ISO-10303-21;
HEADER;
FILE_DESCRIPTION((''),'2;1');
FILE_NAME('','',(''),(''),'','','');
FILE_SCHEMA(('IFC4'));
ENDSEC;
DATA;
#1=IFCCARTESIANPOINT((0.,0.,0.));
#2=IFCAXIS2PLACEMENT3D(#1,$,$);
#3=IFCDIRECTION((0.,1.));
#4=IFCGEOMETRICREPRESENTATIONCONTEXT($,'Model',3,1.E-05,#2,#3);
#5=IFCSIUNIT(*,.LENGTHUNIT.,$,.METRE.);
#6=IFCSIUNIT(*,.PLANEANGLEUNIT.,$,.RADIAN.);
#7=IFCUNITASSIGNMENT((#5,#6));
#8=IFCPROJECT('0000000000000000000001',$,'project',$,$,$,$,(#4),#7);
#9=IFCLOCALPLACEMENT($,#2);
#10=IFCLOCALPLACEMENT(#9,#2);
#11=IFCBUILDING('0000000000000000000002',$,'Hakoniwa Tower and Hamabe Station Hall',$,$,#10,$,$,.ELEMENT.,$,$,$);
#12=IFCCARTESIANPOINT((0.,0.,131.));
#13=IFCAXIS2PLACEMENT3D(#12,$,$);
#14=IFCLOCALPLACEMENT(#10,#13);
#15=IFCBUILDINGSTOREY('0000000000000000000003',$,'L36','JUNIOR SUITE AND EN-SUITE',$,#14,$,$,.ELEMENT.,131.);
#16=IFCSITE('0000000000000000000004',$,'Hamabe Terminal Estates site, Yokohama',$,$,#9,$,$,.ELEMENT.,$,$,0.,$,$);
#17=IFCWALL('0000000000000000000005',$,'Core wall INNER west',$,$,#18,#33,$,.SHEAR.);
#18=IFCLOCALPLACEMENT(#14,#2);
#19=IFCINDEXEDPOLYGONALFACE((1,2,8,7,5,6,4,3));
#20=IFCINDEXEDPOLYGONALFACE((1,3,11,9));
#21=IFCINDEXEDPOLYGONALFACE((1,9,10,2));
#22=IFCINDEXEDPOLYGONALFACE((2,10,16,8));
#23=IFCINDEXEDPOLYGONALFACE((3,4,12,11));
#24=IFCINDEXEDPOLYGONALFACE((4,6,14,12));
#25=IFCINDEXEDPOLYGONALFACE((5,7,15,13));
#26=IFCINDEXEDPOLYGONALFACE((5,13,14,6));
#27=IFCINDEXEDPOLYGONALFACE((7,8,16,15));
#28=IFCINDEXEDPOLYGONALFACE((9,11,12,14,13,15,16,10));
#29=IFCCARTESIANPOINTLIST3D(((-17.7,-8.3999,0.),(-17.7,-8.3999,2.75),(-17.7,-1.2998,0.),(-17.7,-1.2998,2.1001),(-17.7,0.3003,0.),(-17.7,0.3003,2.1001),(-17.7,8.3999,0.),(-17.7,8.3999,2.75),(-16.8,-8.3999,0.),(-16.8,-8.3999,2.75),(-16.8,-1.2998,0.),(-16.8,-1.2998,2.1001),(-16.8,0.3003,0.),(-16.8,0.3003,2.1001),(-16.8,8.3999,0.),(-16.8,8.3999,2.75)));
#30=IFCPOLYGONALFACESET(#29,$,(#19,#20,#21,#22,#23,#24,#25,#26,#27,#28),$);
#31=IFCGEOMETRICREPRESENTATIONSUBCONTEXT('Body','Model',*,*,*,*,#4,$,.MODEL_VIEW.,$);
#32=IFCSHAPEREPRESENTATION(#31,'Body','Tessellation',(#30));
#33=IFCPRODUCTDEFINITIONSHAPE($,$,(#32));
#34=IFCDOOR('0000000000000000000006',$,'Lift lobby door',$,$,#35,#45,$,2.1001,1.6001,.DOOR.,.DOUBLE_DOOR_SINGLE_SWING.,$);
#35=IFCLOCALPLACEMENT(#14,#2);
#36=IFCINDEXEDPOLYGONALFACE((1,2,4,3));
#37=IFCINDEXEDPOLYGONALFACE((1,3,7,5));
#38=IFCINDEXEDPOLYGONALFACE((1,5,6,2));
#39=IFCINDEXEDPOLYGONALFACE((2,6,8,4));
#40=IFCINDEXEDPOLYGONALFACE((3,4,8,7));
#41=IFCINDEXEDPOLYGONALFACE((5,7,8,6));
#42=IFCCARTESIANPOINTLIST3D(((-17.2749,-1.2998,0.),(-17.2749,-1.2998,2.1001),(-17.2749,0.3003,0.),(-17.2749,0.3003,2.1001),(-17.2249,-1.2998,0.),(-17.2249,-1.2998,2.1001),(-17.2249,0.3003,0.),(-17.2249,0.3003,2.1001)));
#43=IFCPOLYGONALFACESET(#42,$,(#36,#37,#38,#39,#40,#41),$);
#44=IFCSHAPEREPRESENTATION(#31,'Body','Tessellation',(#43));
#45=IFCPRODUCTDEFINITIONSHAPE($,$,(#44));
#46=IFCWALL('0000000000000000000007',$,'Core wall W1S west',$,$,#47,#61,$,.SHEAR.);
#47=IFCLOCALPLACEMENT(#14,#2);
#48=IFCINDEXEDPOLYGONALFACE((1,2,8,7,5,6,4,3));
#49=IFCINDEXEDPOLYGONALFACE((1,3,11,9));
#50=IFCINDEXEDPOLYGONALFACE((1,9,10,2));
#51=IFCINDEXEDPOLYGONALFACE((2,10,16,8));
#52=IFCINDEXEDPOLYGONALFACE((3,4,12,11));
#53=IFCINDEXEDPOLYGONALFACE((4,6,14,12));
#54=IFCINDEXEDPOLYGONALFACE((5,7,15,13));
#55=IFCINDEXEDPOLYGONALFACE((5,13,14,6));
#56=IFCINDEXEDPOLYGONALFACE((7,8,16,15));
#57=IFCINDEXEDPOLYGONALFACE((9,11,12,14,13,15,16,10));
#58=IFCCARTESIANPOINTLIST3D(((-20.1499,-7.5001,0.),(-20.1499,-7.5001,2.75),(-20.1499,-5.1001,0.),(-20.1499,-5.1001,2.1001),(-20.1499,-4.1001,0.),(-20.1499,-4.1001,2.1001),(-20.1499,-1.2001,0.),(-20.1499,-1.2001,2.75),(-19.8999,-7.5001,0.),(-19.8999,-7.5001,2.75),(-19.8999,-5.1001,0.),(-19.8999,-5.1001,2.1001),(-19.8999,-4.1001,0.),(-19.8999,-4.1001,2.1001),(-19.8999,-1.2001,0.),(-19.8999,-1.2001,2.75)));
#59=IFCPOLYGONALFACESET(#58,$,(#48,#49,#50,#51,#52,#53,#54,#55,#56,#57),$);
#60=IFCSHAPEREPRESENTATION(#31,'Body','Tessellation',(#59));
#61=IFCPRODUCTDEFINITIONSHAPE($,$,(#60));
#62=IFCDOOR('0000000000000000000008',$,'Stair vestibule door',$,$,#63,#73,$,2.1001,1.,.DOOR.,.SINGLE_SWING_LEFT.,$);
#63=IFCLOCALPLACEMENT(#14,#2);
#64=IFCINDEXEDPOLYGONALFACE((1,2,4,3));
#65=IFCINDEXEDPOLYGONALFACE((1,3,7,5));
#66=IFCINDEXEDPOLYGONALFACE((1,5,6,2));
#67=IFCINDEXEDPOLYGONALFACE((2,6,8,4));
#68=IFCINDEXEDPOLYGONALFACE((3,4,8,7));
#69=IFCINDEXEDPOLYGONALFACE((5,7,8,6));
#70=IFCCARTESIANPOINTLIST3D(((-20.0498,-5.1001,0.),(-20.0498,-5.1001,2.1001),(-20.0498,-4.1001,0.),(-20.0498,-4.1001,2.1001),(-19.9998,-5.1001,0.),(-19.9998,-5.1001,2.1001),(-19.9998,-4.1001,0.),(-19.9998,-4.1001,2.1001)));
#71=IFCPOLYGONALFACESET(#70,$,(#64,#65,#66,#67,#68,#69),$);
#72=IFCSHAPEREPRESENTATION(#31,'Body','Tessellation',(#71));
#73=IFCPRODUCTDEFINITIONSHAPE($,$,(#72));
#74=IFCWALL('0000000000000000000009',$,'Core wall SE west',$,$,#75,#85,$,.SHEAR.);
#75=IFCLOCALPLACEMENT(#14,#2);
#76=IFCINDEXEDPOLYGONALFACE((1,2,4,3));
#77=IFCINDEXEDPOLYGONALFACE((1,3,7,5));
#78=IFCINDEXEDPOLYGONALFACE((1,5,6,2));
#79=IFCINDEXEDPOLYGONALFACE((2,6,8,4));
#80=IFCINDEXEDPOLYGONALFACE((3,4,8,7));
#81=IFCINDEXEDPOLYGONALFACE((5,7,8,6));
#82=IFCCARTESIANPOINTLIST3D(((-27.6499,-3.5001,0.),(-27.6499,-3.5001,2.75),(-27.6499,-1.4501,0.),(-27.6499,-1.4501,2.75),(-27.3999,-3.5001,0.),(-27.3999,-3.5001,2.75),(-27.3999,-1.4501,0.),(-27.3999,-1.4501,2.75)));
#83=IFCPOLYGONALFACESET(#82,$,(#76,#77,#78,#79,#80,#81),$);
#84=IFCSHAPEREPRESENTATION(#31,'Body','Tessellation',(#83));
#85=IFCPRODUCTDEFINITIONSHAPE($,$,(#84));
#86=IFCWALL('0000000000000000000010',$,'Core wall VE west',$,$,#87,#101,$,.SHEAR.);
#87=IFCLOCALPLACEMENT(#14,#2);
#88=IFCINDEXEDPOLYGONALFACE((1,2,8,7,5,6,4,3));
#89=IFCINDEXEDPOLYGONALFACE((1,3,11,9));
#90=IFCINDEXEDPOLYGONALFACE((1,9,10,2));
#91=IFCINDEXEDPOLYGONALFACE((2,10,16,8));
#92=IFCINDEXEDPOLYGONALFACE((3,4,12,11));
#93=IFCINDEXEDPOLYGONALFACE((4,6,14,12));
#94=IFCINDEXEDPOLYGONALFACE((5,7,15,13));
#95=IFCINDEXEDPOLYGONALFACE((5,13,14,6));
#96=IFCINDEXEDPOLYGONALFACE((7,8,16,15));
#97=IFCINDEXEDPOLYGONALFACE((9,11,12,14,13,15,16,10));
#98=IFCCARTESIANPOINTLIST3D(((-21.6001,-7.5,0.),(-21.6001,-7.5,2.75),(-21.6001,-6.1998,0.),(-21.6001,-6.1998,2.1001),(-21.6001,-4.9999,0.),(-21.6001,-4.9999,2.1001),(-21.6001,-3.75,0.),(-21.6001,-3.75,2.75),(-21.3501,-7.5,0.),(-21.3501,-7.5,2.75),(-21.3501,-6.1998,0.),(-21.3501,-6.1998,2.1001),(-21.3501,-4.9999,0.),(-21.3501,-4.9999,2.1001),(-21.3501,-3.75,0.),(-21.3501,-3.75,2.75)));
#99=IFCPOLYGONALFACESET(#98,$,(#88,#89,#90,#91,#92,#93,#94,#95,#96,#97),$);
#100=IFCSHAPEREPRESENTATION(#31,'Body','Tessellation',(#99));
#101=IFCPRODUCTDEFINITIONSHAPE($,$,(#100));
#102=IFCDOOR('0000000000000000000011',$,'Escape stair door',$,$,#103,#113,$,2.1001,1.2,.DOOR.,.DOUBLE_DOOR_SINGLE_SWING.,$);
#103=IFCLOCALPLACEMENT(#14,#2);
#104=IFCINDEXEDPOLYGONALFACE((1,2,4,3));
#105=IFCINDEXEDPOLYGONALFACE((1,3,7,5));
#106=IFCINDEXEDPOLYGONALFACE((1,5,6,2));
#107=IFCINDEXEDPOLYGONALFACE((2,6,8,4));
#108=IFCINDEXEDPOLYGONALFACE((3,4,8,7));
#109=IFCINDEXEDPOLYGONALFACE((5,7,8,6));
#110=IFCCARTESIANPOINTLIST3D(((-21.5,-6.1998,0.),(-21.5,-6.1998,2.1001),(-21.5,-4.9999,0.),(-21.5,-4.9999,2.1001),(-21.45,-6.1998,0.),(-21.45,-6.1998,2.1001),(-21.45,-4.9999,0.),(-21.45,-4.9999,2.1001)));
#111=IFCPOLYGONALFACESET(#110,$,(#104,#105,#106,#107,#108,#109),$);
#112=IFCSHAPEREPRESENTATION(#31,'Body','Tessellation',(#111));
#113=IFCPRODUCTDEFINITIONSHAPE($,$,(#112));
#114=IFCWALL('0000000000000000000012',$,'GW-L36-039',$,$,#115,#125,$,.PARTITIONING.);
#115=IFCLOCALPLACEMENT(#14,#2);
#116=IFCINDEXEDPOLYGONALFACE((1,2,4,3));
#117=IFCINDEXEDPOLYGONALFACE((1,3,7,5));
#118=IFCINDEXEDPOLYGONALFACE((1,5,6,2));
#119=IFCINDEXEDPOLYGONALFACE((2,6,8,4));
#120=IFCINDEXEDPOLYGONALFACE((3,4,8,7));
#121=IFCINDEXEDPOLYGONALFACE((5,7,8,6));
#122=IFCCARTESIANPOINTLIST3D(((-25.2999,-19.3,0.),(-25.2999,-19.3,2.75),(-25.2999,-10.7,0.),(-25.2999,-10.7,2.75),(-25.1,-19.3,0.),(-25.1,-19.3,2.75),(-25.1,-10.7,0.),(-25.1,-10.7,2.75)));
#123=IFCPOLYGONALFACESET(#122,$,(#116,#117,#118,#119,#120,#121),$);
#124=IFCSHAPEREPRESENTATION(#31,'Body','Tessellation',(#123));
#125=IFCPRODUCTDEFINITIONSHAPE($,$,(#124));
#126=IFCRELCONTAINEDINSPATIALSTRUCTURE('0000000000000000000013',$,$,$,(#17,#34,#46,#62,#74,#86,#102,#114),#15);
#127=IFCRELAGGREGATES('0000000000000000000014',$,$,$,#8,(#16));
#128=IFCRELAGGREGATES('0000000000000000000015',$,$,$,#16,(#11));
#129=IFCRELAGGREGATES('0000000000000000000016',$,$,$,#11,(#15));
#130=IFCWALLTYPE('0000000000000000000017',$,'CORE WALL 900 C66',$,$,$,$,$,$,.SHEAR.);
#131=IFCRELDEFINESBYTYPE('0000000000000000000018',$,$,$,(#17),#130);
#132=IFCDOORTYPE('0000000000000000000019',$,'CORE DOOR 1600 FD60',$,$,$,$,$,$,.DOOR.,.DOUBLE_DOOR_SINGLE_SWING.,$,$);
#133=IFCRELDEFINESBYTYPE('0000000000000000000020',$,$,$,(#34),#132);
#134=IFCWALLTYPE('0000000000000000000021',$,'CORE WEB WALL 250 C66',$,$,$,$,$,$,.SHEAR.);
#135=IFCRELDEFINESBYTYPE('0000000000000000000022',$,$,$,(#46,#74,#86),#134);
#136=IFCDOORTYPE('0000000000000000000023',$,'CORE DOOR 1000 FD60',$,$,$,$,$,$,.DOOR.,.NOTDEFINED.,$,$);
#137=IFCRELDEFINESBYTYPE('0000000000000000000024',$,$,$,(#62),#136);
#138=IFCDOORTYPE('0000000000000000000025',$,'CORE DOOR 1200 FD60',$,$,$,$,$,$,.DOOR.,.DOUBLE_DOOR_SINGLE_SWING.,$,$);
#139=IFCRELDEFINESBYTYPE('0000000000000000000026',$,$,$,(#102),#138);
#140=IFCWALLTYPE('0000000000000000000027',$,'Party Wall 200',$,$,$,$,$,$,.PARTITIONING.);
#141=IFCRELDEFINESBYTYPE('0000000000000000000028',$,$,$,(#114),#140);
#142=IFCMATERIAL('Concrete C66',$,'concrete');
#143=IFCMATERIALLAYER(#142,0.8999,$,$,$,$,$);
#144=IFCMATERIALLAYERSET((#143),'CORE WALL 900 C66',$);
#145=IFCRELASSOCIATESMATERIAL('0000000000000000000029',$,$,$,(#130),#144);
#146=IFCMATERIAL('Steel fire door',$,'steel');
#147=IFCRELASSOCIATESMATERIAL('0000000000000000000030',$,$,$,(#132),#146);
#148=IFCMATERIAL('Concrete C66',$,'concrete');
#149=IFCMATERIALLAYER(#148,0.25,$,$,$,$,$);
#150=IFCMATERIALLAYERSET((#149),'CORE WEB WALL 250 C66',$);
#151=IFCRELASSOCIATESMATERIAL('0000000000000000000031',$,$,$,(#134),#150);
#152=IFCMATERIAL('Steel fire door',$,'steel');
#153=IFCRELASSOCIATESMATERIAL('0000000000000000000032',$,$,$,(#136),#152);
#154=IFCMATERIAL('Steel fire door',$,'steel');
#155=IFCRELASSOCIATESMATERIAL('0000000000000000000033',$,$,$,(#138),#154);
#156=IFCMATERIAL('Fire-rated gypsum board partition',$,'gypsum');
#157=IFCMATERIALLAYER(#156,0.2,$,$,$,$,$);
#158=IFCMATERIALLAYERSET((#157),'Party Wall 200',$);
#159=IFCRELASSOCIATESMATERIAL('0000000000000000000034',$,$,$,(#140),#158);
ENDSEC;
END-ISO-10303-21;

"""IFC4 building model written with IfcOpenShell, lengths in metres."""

from ifc_helpers import new_model, si_unit, direction, frame, frame_2d, origin, place, context, subcontext, project, spatial, rectangle, extrude, material, layer, layer_set, type_object, element, fill, save


model = new_model("IFC4")

# Units and contexts
model_context = context("Model", 3, precision=1e-05, world=origin(), true_north=direction((0.0, 1.0)))
body_context = subcontext(model_context, "Body", "Model", "MODEL_VIEW")
ifc_project = project(units=[si_unit("LENGTHUNIT", "METRE"), si_unit("PLANEANGLEUNIT", "RADIAN")], contexts=[model_context])

# Site, building, storey
site_placement = place(None, origin())
site = spatial("IfcSite", under=ifc_project, at=site_placement, Name="Hamabe Terminal Estates site, Yokohama", CompositionType="ELEMENT", RefElevation=0.0)
building_placement = place(site_placement, origin())
building = spatial("IfcBuilding", under=site, at=building_placement, Name="Hakoniwa Tower and Hamabe Station Hall", CompositionType="ELEMENT")
storey_placement = place(building_placement, frame((0.0, 0.0, 131.0)))
storey = spatial("IfcBuildingStorey", under=building, at=storey_placement, Name="L36", Description="JUNIOR SUITE AND EN-SUITE", CompositionType="ELEMENT", Elevation=131.0)

# Walls, openings, doors
ifc_material_1 = material(Name="Concrete C66", Category="concrete")
ifc_layer_1 = layer(ifc_material_1, 0.8999)
ifc_layer_set_1 = layer_set([ifc_layer_1], Name="CORE WALL 900 C66")
wall_type_1 = type_object("IfcWallType", Name="CORE WALL 900 C66", PredefinedType="SHEAR", material=ifc_layer_set_1)
wall_1_placement = place(storey_placement, frame((-17.25, -8.3999, 0.0), z_axis=(0.0, 0.0, 1.0), x_axis=(0.0, 1.0, 0.0)))
wall_1 = element("IfcWall", 1, at=wall_1_placement, inside=storey, type_object=wall_type_1, Name="Core wall INNER west", PredefinedType="SHEAR", context=body_context, shape_type="SweptSolid", body=[
    extrude(rectangle(XDim=16.7998, YDim=0.8999, at=frame_2d((8.3999, 0.0))), origin(), (0.0, 0.0, 1.0), 2.75),
])
opening_1_placement = place(wall_1_placement, frame((7.1001, 0.0, 0.0)))
opening_1 = element("IfcOpeningElement", 2, at=opening_1_placement, cuts=wall_1, PredefinedType="OPENING", context=body_context, shape_type="SweptSolid", body=[
    extrude(rectangle(XDim=1.6001, YDim=2.1001, at=frame_2d((0.8, 1.05))), frame((0.0, 0.46, 0.0), z_axis=(0.0, -1.0, 0.0), x_axis=(1.0, 0.0, 0.0)), (0.0, 0.0, 1.0), 0.9199),
])
ifc_material_2 = material(Name="Steel fire door", Category="steel")
door_type_1 = type_object("IfcDoorType", Name="CORE DOOR 1600 FD60", OperationType="DOUBLE_DOOR_SINGLE_SWING", PredefinedType="DOOR", material=ifc_material_2)
door_1_placement = place(opening_1_placement, origin())
door_1 = element("IfcDoor", 3, at=door_1_placement, inside=storey, type_object=door_type_1, Name="Lift lobby door", OperationType="DOUBLE_DOOR_SINGLE_SWING", OverallHeight=2.1001, OverallWidth=1.6001, PredefinedType="DOOR", context=body_context, shape_type="SweptSolid", body=[
    extrude(rectangle(XDim=1.6001, YDim=2.1001, at=frame_2d((0.8, 1.05))), frame((0.0, 0.0249, 0.0), z_axis=(0.0, -1.0, 0.0), x_axis=(1.0, 0.0, 0.0)), (0.0, 0.0, 1.0), 0.05),
])
fill(opening_1, door_1)
ifc_material_3 = material(Name="Concrete C66", Category="concrete")
ifc_layer_2 = layer(ifc_material_3, 0.25)
ifc_layer_set_2 = layer_set([ifc_layer_2], Name="CORE WEB WALL 250 C66")
wall_type_2 = type_object("IfcWallType", Name="CORE WEB WALL 250 C66", PredefinedType="SHEAR", material=ifc_layer_set_2)
wall_2_placement = place(storey_placement, frame((-20.0249, -7.5, 0.0), z_axis=(0.0, 0.0, 1.0), x_axis=(0.0, 1.0, 0.0)))
wall_2 = element("IfcWall", 4, at=wall_2_placement, inside=storey, type_object=wall_type_2, Name="Core wall W1S west", PredefinedType="SHEAR", context=body_context, shape_type="SweptSolid", body=[
    extrude(rectangle(XDim=6.3, YDim=0.25, at=frame_2d((3.1499, 0.0))), origin(), (0.0, 0.0, 1.0), 2.75),
])
opening_2_placement = place(wall_2_placement, frame((2.3999, 0.0, 0.0)))
opening_2 = element("IfcOpeningElement", 5, at=opening_2_placement, cuts=wall_2, PredefinedType="OPENING", context=body_context, shape_type="SweptSolid", body=[
    extrude(rectangle(XDim=1.0, YDim=2.1001, at=frame_2d((0.5, 1.05))), frame((0.0, 0.135, 0.0), z_axis=(0.0, -1.0, 0.0), x_axis=(1.0, 0.0, 0.0)), (0.0, 0.0, 1.0), 0.27),
])
ifc_material_4 = material(Name="Steel fire door", Category="steel")
door_type_2 = type_object("IfcDoorType", Name="CORE DOOR 1000 FD60", OperationType="NOTDEFINED", PredefinedType="DOOR", material=ifc_material_4)
door_2_placement = place(opening_2_placement, origin())
door_2 = element("IfcDoor", 6, at=door_2_placement, inside=storey, type_object=door_type_2, Name="Stair vestibule door", OperationType="SINGLE_SWING_LEFT", OverallHeight=2.1001, OverallWidth=1.0, PredefinedType="DOOR", context=body_context, shape_type="SweptSolid", body=[
    extrude(rectangle(XDim=1.0, YDim=2.1001, at=frame_2d((0.5, 1.05))), frame((0.0, 0.0249, 0.0), z_axis=(0.0, -1.0, 0.0), x_axis=(1.0, 0.0, 0.0)), (0.0, 0.0, 1.0), 0.05),
])
fill(opening_2, door_2)

# Wall
wall_3_placement = place(storey_placement, frame((-27.5249, -3.5, 0.0), z_axis=(0.0, 0.0, 1.0), x_axis=(0.0, 1.0, 0.0)))
element("IfcWall", 7, at=wall_3_placement, inside=storey, type_object=wall_type_2, Name="Core wall SE west", PredefinedType="SHEAR", context=body_context, shape_type="SweptSolid", body=[
    extrude(rectangle(XDim=2.05, YDim=0.25, at=frame_2d((1.0249, 0.0))), origin(), (0.0, 0.0, 1.0), 2.75),
])

# Wall, opening, door
wall_4_placement = place(storey_placement, frame((-21.4751, -7.5, 0.0), z_axis=(0.0, 0.0, 1.0), x_axis=(0.0, 1.0, 0.0)))
wall_4 = element("IfcWall", 8, at=wall_4_placement, inside=storey, type_object=wall_type_2, Name="Core wall VE west", PredefinedType="SHEAR", context=body_context, shape_type="SweptSolid", body=[
    extrude(rectangle(XDim=3.75, YDim=0.25, at=frame_2d((1.875, 0.0))), origin(), (0.0, 0.0, 1.0), 2.75),
])
opening_3_placement = place(wall_4_placement, frame((1.3, 0.0, 0.0)))
opening_3 = element("IfcOpeningElement", 9, at=opening_3_placement, cuts=wall_4, PredefinedType="OPENING", context=body_context, shape_type="SweptSolid", body=[
    extrude(rectangle(XDim=1.2, YDim=2.1001, at=frame_2d((0.6001, 1.05))), frame((0.0, 0.135, 0.0), z_axis=(0.0, -1.0, 0.0), x_axis=(1.0, 0.0, 0.0)), (0.0, 0.0, 1.0), 0.27),
])
ifc_material_5 = material(Name="Steel fire door", Category="steel")
door_type_3 = type_object("IfcDoorType", Name="CORE DOOR 1200 FD60", OperationType="DOUBLE_DOOR_SINGLE_SWING", PredefinedType="DOOR", material=ifc_material_5)
door_3_placement = place(opening_3_placement, origin())
door_3 = element("IfcDoor", 10, at=door_3_placement, inside=storey, type_object=door_type_3, Name="Escape stair door", OperationType="DOUBLE_DOOR_SINGLE_SWING", OverallHeight=2.1001, OverallWidth=1.2, PredefinedType="DOOR", context=body_context, shape_type="SweptSolid", body=[
    extrude(rectangle(XDim=1.2, YDim=2.1001, at=frame_2d((0.6001, 1.05))), frame((0.0, 0.0249, 0.0), z_axis=(0.0, -1.0, 0.0), x_axis=(1.0, 0.0, 0.0)), (0.0, 0.0, 1.0), 0.05),
])
fill(opening_3, door_3)

# Wall
ifc_material_6 = material(Name="Fire-rated gypsum board partition", Category="gypsum")
ifc_layer_3 = layer(ifc_material_6, 0.2)
ifc_layer_set_3 = layer_set([ifc_layer_3], Name="Party Wall 200")
wall_type_3 = type_object("IfcWallType", Name="Party Wall 200", PredefinedType="PARTITIONING", material=ifc_layer_set_3)
wall_5_placement = place(storey_placement, frame((-25.2, -19.3, 0.0), z_axis=(0.0, 0.0, 1.0), x_axis=(0.0, 1.0, 0.0)))
element("IfcWall", 11, at=wall_5_placement, inside=storey, type_object=wall_type_3, Name="GW-L36-039", PredefinedType="PARTITIONING", context=body_context, shape_type="SweptSolid", body=[
    extrude(rectangle(XDim=8.6001, YDim=0.2, at=frame_2d((4.3, 0.0))), origin(), (0.0, 0.0, 1.0), 2.75),
])

save(model, "model.ifc")
